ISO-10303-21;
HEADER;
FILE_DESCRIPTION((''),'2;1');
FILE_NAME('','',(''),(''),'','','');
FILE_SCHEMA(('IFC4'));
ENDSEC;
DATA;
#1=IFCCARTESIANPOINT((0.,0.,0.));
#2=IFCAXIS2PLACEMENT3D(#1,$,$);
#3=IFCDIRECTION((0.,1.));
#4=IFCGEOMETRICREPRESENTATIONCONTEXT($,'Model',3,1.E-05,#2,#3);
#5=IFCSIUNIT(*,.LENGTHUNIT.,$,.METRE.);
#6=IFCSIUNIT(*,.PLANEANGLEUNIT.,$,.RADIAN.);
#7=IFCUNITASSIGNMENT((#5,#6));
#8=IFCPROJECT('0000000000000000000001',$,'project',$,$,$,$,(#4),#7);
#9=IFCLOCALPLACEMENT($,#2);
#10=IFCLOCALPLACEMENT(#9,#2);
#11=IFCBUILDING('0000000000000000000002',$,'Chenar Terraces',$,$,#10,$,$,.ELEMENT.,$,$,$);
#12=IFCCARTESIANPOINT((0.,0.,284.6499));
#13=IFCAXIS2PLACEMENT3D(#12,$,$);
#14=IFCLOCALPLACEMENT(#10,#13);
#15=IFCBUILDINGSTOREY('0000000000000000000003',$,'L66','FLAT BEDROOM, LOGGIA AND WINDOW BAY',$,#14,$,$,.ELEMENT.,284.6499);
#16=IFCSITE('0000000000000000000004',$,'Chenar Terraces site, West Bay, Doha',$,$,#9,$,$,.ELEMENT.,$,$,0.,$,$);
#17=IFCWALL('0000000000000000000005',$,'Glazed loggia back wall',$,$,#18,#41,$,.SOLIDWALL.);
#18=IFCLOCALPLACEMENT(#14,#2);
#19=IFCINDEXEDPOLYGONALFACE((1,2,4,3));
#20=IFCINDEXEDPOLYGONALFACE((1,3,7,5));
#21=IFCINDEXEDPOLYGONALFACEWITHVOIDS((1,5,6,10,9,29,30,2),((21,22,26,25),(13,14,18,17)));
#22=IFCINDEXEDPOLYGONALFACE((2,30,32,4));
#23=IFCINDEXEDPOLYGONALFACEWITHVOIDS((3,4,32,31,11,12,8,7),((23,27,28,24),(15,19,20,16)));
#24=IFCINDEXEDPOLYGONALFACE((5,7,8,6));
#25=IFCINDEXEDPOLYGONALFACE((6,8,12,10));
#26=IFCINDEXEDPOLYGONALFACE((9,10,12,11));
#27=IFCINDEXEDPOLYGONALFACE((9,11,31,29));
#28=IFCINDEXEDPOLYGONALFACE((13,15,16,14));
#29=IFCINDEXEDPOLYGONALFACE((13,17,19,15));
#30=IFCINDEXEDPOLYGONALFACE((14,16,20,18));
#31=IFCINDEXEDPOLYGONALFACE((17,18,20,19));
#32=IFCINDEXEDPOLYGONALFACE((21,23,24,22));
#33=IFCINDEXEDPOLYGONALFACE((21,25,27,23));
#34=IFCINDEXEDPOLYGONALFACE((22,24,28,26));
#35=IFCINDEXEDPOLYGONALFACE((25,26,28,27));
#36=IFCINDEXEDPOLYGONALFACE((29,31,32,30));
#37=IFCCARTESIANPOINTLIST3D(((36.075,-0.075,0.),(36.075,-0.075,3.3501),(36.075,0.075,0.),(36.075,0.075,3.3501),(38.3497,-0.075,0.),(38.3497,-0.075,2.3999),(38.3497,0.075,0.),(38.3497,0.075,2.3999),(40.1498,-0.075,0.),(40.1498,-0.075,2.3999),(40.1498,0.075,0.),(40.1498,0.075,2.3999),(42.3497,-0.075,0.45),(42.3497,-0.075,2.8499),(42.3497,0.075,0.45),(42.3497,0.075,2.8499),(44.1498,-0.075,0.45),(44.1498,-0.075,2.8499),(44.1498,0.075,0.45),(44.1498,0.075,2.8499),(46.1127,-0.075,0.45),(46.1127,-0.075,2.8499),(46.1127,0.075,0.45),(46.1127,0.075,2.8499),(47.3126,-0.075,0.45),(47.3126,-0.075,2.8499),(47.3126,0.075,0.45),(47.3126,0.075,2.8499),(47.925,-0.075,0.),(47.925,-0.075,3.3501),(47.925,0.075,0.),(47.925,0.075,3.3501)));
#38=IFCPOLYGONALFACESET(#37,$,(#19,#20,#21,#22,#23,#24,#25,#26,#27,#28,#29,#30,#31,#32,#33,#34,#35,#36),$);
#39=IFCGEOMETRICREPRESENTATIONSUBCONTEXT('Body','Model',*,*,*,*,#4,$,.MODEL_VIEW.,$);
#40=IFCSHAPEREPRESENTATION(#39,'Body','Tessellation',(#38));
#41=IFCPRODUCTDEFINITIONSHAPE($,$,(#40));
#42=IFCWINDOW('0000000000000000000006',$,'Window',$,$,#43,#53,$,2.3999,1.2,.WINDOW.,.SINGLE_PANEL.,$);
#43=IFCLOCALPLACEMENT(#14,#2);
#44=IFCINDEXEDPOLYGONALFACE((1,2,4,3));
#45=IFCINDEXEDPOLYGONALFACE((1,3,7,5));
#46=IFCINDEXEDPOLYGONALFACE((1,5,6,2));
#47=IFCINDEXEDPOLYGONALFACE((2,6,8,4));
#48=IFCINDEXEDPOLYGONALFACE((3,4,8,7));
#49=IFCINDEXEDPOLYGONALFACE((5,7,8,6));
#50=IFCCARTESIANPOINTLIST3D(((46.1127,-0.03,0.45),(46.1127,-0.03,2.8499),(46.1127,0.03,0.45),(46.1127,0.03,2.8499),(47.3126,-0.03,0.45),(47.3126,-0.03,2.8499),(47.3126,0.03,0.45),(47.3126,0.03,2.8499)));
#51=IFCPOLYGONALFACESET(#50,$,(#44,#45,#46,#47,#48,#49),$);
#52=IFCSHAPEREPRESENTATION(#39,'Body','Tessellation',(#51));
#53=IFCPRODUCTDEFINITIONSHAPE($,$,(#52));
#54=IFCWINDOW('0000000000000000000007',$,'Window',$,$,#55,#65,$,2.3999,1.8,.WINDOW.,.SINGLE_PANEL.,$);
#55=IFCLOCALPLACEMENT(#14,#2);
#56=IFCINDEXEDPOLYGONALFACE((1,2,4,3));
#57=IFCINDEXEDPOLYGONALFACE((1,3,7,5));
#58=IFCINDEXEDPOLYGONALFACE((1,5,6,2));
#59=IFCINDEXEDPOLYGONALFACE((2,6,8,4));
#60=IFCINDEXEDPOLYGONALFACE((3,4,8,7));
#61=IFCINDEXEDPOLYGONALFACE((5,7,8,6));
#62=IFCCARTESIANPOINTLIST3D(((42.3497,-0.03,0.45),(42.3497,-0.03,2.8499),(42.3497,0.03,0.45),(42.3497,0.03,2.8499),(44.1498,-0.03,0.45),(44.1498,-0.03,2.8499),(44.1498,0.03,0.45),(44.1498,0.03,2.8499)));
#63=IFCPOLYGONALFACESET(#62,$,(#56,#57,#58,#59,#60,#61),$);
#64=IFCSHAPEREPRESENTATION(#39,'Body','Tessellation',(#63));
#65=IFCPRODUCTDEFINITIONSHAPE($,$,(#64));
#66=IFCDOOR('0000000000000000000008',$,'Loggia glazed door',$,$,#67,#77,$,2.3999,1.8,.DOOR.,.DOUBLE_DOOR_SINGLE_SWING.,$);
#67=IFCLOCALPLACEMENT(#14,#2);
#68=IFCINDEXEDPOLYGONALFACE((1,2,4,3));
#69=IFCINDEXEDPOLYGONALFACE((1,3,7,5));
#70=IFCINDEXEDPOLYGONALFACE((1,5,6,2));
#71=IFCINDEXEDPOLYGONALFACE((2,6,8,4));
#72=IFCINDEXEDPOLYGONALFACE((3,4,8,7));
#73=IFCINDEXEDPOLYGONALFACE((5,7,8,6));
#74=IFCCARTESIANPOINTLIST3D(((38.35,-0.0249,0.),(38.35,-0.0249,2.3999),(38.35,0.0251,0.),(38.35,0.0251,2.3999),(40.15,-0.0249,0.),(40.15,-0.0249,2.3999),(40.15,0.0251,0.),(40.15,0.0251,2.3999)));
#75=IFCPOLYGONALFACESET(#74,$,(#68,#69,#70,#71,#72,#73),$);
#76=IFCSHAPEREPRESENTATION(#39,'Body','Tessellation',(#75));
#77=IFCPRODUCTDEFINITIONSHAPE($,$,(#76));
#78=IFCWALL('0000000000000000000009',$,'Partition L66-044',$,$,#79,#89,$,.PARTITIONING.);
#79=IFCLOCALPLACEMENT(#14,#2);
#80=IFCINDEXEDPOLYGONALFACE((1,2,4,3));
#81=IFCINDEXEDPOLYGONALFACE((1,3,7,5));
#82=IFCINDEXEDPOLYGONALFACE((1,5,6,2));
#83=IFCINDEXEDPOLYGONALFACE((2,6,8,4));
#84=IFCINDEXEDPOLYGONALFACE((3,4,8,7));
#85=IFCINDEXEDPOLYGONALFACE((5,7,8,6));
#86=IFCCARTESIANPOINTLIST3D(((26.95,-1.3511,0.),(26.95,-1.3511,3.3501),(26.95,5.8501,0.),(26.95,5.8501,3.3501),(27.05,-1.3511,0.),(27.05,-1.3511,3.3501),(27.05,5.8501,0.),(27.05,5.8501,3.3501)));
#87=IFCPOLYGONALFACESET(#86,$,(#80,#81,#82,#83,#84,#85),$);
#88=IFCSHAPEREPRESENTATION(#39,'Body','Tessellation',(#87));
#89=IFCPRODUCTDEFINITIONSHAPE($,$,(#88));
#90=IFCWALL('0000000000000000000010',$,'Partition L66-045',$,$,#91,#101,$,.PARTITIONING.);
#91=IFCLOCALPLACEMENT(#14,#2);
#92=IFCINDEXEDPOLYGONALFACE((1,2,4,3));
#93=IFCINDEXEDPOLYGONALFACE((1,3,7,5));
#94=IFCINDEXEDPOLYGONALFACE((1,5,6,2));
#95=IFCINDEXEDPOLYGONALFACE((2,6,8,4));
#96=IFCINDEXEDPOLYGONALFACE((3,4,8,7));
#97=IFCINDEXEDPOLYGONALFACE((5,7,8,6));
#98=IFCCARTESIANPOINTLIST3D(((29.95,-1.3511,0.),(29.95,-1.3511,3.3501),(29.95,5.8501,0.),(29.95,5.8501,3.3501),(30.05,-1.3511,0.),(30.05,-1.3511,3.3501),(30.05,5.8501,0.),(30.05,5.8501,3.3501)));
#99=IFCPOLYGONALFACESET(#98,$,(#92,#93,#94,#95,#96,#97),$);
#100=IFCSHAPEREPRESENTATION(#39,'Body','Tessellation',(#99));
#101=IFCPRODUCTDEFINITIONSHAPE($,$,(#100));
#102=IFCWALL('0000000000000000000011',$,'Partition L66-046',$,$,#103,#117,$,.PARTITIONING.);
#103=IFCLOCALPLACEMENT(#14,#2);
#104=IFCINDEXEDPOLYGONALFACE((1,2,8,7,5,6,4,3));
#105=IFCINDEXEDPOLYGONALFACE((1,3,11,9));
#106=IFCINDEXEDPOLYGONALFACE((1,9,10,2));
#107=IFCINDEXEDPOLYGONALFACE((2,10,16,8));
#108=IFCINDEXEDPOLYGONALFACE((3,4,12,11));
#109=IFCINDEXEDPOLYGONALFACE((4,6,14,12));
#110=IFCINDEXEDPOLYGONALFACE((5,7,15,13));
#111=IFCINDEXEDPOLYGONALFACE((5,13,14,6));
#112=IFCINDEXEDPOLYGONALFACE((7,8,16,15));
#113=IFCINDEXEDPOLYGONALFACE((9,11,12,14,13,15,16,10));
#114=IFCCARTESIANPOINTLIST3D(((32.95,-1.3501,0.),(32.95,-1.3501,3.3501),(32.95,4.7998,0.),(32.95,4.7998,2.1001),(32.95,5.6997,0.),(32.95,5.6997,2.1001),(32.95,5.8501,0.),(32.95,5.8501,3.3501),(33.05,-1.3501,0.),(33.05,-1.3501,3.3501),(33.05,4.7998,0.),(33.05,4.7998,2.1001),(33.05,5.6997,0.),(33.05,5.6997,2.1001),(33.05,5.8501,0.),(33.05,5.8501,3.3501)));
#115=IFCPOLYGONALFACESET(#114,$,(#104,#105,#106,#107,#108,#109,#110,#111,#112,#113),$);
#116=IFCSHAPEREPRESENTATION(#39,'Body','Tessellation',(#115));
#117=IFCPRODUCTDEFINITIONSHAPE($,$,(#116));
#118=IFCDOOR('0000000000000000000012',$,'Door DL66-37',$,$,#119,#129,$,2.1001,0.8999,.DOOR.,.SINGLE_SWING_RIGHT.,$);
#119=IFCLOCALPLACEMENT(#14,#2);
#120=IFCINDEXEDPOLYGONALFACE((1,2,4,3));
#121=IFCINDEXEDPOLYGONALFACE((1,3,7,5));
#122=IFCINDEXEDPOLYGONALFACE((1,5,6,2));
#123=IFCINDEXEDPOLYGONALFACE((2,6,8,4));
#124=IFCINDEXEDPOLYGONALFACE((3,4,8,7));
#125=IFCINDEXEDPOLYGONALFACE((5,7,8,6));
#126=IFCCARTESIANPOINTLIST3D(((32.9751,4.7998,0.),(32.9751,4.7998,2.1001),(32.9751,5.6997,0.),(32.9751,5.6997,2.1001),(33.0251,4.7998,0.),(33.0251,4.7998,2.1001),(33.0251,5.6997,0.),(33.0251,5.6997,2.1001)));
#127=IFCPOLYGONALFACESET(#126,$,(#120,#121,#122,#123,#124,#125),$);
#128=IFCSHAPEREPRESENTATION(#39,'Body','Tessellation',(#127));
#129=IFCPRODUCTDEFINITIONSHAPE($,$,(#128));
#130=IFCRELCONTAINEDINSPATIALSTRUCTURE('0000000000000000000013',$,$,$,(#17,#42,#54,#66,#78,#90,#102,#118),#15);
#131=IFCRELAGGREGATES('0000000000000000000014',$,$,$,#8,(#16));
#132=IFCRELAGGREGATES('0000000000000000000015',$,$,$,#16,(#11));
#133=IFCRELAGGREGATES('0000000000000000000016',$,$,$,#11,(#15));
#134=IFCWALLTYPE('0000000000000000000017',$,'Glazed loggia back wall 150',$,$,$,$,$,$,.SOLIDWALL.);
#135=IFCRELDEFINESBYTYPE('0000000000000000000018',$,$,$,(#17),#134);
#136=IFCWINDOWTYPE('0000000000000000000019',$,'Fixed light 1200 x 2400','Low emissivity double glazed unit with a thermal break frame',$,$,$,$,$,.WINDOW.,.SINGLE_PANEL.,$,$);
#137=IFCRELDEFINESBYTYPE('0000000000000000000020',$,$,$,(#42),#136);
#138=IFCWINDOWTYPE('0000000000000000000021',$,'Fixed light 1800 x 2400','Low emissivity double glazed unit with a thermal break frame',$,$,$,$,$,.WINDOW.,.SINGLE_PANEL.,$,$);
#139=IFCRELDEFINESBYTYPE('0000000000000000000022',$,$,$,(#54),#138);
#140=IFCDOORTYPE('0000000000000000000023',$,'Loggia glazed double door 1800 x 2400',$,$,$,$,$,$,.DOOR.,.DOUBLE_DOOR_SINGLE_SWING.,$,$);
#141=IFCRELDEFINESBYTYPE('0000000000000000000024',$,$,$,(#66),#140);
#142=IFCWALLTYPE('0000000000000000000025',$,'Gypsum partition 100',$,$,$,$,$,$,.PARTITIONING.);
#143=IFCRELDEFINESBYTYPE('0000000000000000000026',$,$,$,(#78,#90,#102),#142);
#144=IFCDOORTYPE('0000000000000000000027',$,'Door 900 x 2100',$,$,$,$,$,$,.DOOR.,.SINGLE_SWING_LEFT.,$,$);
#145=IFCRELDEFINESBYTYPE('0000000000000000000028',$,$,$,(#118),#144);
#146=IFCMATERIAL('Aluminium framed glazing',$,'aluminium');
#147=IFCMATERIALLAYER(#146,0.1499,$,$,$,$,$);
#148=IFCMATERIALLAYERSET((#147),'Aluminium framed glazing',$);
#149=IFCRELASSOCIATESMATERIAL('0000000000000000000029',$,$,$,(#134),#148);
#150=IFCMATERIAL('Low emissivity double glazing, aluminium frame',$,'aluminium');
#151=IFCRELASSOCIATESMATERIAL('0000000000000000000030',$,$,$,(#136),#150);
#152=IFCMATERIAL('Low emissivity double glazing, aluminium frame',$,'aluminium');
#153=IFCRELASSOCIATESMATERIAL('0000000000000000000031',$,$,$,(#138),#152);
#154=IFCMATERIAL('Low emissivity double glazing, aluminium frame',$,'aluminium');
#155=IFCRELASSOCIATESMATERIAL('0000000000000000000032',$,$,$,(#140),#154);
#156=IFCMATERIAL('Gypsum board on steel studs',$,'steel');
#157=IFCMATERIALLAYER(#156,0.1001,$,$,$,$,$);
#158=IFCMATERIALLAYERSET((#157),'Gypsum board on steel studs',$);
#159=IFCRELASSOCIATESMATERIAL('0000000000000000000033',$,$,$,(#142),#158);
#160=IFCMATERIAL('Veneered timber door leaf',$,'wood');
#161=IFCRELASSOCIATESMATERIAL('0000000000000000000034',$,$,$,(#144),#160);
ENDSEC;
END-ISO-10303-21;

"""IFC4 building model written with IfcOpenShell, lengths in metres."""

from ifc_helpers import new_model, si_unit, direction, frame, frame_2d, origin, place, context, subcontext, project, spatial, rectangle, extrude, material, layer, layer_set, type_object, element, fill, save


model = new_model("IFC4")

# Units and contexts
model_context = context("Model", 3, precision=1e-05, world=origin(), true_north=direction((0.0, 1.0)))
body_context = subcontext(model_context, "Body", "Model", "MODEL_VIEW")
ifc_project = project(units=[si_unit("LENGTHUNIT", "METRE"), si_unit("PLANEANGLEUNIT", "RADIAN")], contexts=[model_context])

# Site, building, storey
site_placement = place(None, origin())
site = spatial("IfcSite", under=ifc_project, at=site_placement, Name="Chenar Terraces site, West Bay, Doha", CompositionType="ELEMENT", RefElevation=0.0)
building_placement = place(site_placement, origin())
building = spatial("IfcBuilding", under=site, at=building_placement, Name="Chenar Terraces", CompositionType="ELEMENT")
storey_placement = place(building_placement, frame((0.0, 0.0, 284.6499)))
storey = spatial("IfcBuildingStorey", under=building, at=storey_placement, Name="L66", Description="FLAT BEDROOM, LOGGIA AND WINDOW BAY", CompositionType="ELEMENT", Elevation=284.6499)

# Wall, openings, windows, door
ifc_material_1 = material(Name="Aluminium framed glazing", Category="aluminium")
ifc_layer_1 = layer(ifc_material_1, 0.1499)
ifc_layer_set_1 = layer_set([ifc_layer_1], Name="Aluminium framed glazing")
wall_type_1 = type_object("IfcWallType", Name="Glazed loggia back wall 150", PredefinedType="SOLIDWALL", material=ifc_layer_set_1)
wall_1_placement = place(storey_placement, frame((36.075, 0.0, 0.0), z_axis=(0.0, 0.0, 1.0), x_axis=(1.0, 0.0, 0.0)))
wall_1 = element("IfcWall", 1, at=wall_1_placement, inside=storey, type_object=wall_type_1, Name="Glazed loggia back wall", PredefinedType="SOLIDWALL", context=body_context, shape_type="SweptSolid", body=[
    extrude(rectangle(XDim=11.8501, YDim=0.1499, at=frame_2d((5.925, 0.0))), origin(), (0.0, 0.0, 1.0), 3.3501),
])
opening_1_placement = place(wall_1_placement, frame((2.2749, 0.0, 0.0)))
opening_1 = element("IfcOpeningElement", 2, at=opening_1_placement, cuts=wall_1, PredefinedType="OPENING", context=body_context, shape_type="SweptSolid", body=[
    extrude(rectangle(XDim=1.8, YDim=2.3999, at=frame_2d((0.8999, 1.2))), frame((0.0, 0.085, 0.0), z_axis=(0.0, -1.0, 0.0), x_axis=(1.0, 0.0, 0.0)), (0.0, 0.0, 1.0), 0.1699),
])
opening_2_placement = place(wall_1_placement, frame((6.2749, 0.0, 0.45)))
opening_2 = element("IfcOpeningElement", 3, at=opening_2_placement, cuts=wall_1, PredefinedType="OPENING", context=body_context, shape_type="SweptSolid", body=[
    extrude(rectangle(XDim=1.8, YDim=2.3999, at=frame_2d((0.8999, 1.2))), frame((0.0, 0.085, 0.0), z_axis=(0.0, -1.0, 0.0), x_axis=(1.0, 0.0, 0.0)), (0.0, 0.0, 1.0), 0.1699),
])
opening_3_placement = place(wall_1_placement, frame((10.0376, 0.0, 0.45)))
opening_3 = element("IfcOpeningElement", 4, at=opening_3_placement, cuts=wall_1, PredefinedType="OPENING", context=body_context, shape_type="SweptSolid", body=[
    extrude(rectangle(XDim=1.2, YDim=2.3999, at=frame_2d((0.6001, 1.2))), frame((0.0, 0.085, 0.0), z_axis=(0.0, -1.0, 0.0), x_axis=(1.0, 0.0, 0.0)), (0.0, 0.0, 1.0), 0.1699),
])
ifc_material_2 = material(Name="Low emissivity double glazing, aluminium frame", Category="aluminium")
window_type_1 = type_object("IfcWindowType", Name="Fixed light 1200 x 2400", Description="Low emissivity double glazed unit with a thermal break frame", PartitioningType="SINGLE_PANEL", PredefinedType="WINDOW", material=ifc_material_2)
window_1_placement = place(opening_3_placement, origin())
window_1 = element("IfcWindow", 5, at=window_1_placement, inside=storey, type_object=window_type_1, Name="Window", OverallHeight=2.3999, OverallWidth=1.2, PartitioningType="SINGLE_PANEL", PredefinedType="WINDOW", context=body_context, shape_type="SweptSolid", body=[
    extrude(rectangle(XDim=1.2, YDim=2.3999, at=frame_2d((0.6001, 1.2))), frame((0.0, 0.03, 0.0), z_axis=(0.0, -1.0, 0.0), x_axis=(1.0, 0.0, 0.0)), (0.0, 0.0, 1.0), 0.0601),
])
fill(opening_3, window_1)
ifc_material_3 = material(Name="Low emissivity double glazing, aluminium frame", Category="aluminium")
window_type_2 = type_object("IfcWindowType", Name="Fixed light 1800 x 2400", Description="Low emissivity double glazed unit with a thermal break frame", PartitioningType="SINGLE_PANEL", PredefinedType="WINDOW", material=ifc_material_3)
window_2_placement = place(opening_2_placement, origin())
window_2 = element("IfcWindow", 6, at=window_2_placement, inside=storey, type_object=window_type_2, Name="Window", OverallHeight=2.3999, OverallWidth=1.8, PartitioningType="SINGLE_PANEL", PredefinedType="WINDOW", context=body_context, shape_type="SweptSolid", body=[
    extrude(rectangle(XDim=1.8, YDim=2.3999, at=frame_2d((0.8999, 1.2))), frame((0.0, 0.03, 0.0), z_axis=(0.0, -1.0, 0.0), x_axis=(1.0, 0.0, 0.0)), (0.0, 0.0, 1.0), 0.0601),
])
fill(opening_2, window_2)
ifc_material_4 = material(Name="Low emissivity double glazing, aluminium frame", Category="aluminium")
door_type_1 = type_object("IfcDoorType", Name="Loggia glazed double door 1800 x 2400", OperationType="DOUBLE_DOOR_SINGLE_SWING", PredefinedType="DOOR", material=ifc_material_4)
door_1_placement = place(opening_1_placement, frame((1.8, 0.0, 0.0), z_axis=(0.0, 0.0, 1.0), x_axis=(-1.0, 0.0, 0.0)))
door_1 = element("IfcDoor", 7, at=door_1_placement, inside=storey, type_object=door_type_1, Name="Loggia glazed door", OperationType="DOUBLE_DOOR_SINGLE_SWING", OverallHeight=2.3999, OverallWidth=1.8, PredefinedType="DOOR", context=body_context, shape_type="SweptSolid", body=[
    extrude(rectangle(XDim=1.8, YDim=2.3999, at=frame_2d((0.8999, 1.2))), frame((0.0, 0.0249, 0.0), z_axis=(0.0, -1.0, 0.0), x_axis=(1.0, 0.0, 0.0)), (0.0, 0.0, 1.0), 0.05),
])
fill(opening_1, door_1)

# Walls
ifc_material_5 = material(Name="Gypsum board on steel studs", Category="steel")
ifc_layer_2 = layer(ifc_material_5, 0.1001)
ifc_layer_set_2 = layer_set([ifc_layer_2], Name="Gypsum board on steel studs")
wall_type_2 = type_object("IfcWallType", Name="Gypsum partition 100", PredefinedType="PARTITIONING", material=ifc_layer_set_2)
for number, where, z_axis, x_axis, name in (
    (8, (27.0, -1.3511, 0.0), (0.0, 0.0, 1.0), (0.0, 1.0, 0.0), "Partition L66-044"),
    (9, (30.0, -1.3511, 0.0), (0.0, 0.0, 1.0), (0.0, 1.0, 0.0), "Partition L66-045"),
):
    element("IfcWall", number, at=place(storey_placement, frame(where, z_axis=z_axis, x_axis=x_axis)), inside=storey, type_object=wall_type_2, Name=name, PredefinedType="PARTITIONING", context=body_context, shape_type="SweptSolid", body=[
        extrude(rectangle(XDim=7.2012, YDim=0.1001, at=frame_2d((3.6006, 0.0))), origin(), (0.0, 0.0, 1.0), 3.3501),
    ])

# Wall, opening, door
wall_2_placement = place(storey_placement, frame((33.0, -1.3501, 0.0), z_axis=(0.0, 0.0, 1.0), x_axis=(0.0, 1.0, 0.0)))
wall_2 = element("IfcWall", 10, at=wall_2_placement, inside=storey, type_object=wall_type_2, Name="Partition L66-046", PredefinedType="PARTITIONING", context=body_context, shape_type="SweptSolid", body=[
    extrude(rectangle(XDim=7.2002, YDim=0.1001, at=frame_2d((3.6001, 0.0))), origin(), (0.0, 0.0, 1.0), 3.3501),
])
opening_4_placement = place(wall_2_placement, frame((6.1499, 0.0, 0.0)))
opening_4 = element("IfcOpeningElement", 11, at=opening_4_placement, cuts=wall_2, PredefinedType="OPENING", context=body_context, shape_type="SweptSolid", body=[
    extrude(rectangle(XDim=0.8999, YDim=2.1001, at=frame_2d((0.45, 1.05))), frame((0.0, 0.0601, 0.0), z_axis=(0.0, -1.0, 0.0), x_axis=(1.0, 0.0, 0.0)), (0.0, 0.0, 1.0), 0.1201),
])
ifc_material_6 = material(Name="Veneered timber door leaf", Category="wood")
door_type_2 = type_object("IfcDoorType", Name="Door 900 x 2100", OperationType="SINGLE_SWING_LEFT", PredefinedType="DOOR", material=ifc_material_6)
door_2_placement = place(opening_4_placement, origin())
door_2 = element("IfcDoor", 12, at=door_2_placement, inside=storey, type_object=door_type_2, Name="Door DL66-37", OperationType="SINGLE_SWING_RIGHT", OverallHeight=2.1001, OverallWidth=0.8999, PredefinedType="DOOR", context=body_context, shape_type="SweptSolid", body=[
    extrude(rectangle(XDim=0.8999, YDim=2.1001, at=frame_2d((0.45, 1.05))), frame((0.0, 0.0249, 0.0), z_axis=(0.0, -1.0, 0.0), x_axis=(1.0, 0.0, 0.0)), (0.0, 0.0, 1.0), 0.05),
])
fill(opening_4, door_2)

save(model, "model.ifc")
